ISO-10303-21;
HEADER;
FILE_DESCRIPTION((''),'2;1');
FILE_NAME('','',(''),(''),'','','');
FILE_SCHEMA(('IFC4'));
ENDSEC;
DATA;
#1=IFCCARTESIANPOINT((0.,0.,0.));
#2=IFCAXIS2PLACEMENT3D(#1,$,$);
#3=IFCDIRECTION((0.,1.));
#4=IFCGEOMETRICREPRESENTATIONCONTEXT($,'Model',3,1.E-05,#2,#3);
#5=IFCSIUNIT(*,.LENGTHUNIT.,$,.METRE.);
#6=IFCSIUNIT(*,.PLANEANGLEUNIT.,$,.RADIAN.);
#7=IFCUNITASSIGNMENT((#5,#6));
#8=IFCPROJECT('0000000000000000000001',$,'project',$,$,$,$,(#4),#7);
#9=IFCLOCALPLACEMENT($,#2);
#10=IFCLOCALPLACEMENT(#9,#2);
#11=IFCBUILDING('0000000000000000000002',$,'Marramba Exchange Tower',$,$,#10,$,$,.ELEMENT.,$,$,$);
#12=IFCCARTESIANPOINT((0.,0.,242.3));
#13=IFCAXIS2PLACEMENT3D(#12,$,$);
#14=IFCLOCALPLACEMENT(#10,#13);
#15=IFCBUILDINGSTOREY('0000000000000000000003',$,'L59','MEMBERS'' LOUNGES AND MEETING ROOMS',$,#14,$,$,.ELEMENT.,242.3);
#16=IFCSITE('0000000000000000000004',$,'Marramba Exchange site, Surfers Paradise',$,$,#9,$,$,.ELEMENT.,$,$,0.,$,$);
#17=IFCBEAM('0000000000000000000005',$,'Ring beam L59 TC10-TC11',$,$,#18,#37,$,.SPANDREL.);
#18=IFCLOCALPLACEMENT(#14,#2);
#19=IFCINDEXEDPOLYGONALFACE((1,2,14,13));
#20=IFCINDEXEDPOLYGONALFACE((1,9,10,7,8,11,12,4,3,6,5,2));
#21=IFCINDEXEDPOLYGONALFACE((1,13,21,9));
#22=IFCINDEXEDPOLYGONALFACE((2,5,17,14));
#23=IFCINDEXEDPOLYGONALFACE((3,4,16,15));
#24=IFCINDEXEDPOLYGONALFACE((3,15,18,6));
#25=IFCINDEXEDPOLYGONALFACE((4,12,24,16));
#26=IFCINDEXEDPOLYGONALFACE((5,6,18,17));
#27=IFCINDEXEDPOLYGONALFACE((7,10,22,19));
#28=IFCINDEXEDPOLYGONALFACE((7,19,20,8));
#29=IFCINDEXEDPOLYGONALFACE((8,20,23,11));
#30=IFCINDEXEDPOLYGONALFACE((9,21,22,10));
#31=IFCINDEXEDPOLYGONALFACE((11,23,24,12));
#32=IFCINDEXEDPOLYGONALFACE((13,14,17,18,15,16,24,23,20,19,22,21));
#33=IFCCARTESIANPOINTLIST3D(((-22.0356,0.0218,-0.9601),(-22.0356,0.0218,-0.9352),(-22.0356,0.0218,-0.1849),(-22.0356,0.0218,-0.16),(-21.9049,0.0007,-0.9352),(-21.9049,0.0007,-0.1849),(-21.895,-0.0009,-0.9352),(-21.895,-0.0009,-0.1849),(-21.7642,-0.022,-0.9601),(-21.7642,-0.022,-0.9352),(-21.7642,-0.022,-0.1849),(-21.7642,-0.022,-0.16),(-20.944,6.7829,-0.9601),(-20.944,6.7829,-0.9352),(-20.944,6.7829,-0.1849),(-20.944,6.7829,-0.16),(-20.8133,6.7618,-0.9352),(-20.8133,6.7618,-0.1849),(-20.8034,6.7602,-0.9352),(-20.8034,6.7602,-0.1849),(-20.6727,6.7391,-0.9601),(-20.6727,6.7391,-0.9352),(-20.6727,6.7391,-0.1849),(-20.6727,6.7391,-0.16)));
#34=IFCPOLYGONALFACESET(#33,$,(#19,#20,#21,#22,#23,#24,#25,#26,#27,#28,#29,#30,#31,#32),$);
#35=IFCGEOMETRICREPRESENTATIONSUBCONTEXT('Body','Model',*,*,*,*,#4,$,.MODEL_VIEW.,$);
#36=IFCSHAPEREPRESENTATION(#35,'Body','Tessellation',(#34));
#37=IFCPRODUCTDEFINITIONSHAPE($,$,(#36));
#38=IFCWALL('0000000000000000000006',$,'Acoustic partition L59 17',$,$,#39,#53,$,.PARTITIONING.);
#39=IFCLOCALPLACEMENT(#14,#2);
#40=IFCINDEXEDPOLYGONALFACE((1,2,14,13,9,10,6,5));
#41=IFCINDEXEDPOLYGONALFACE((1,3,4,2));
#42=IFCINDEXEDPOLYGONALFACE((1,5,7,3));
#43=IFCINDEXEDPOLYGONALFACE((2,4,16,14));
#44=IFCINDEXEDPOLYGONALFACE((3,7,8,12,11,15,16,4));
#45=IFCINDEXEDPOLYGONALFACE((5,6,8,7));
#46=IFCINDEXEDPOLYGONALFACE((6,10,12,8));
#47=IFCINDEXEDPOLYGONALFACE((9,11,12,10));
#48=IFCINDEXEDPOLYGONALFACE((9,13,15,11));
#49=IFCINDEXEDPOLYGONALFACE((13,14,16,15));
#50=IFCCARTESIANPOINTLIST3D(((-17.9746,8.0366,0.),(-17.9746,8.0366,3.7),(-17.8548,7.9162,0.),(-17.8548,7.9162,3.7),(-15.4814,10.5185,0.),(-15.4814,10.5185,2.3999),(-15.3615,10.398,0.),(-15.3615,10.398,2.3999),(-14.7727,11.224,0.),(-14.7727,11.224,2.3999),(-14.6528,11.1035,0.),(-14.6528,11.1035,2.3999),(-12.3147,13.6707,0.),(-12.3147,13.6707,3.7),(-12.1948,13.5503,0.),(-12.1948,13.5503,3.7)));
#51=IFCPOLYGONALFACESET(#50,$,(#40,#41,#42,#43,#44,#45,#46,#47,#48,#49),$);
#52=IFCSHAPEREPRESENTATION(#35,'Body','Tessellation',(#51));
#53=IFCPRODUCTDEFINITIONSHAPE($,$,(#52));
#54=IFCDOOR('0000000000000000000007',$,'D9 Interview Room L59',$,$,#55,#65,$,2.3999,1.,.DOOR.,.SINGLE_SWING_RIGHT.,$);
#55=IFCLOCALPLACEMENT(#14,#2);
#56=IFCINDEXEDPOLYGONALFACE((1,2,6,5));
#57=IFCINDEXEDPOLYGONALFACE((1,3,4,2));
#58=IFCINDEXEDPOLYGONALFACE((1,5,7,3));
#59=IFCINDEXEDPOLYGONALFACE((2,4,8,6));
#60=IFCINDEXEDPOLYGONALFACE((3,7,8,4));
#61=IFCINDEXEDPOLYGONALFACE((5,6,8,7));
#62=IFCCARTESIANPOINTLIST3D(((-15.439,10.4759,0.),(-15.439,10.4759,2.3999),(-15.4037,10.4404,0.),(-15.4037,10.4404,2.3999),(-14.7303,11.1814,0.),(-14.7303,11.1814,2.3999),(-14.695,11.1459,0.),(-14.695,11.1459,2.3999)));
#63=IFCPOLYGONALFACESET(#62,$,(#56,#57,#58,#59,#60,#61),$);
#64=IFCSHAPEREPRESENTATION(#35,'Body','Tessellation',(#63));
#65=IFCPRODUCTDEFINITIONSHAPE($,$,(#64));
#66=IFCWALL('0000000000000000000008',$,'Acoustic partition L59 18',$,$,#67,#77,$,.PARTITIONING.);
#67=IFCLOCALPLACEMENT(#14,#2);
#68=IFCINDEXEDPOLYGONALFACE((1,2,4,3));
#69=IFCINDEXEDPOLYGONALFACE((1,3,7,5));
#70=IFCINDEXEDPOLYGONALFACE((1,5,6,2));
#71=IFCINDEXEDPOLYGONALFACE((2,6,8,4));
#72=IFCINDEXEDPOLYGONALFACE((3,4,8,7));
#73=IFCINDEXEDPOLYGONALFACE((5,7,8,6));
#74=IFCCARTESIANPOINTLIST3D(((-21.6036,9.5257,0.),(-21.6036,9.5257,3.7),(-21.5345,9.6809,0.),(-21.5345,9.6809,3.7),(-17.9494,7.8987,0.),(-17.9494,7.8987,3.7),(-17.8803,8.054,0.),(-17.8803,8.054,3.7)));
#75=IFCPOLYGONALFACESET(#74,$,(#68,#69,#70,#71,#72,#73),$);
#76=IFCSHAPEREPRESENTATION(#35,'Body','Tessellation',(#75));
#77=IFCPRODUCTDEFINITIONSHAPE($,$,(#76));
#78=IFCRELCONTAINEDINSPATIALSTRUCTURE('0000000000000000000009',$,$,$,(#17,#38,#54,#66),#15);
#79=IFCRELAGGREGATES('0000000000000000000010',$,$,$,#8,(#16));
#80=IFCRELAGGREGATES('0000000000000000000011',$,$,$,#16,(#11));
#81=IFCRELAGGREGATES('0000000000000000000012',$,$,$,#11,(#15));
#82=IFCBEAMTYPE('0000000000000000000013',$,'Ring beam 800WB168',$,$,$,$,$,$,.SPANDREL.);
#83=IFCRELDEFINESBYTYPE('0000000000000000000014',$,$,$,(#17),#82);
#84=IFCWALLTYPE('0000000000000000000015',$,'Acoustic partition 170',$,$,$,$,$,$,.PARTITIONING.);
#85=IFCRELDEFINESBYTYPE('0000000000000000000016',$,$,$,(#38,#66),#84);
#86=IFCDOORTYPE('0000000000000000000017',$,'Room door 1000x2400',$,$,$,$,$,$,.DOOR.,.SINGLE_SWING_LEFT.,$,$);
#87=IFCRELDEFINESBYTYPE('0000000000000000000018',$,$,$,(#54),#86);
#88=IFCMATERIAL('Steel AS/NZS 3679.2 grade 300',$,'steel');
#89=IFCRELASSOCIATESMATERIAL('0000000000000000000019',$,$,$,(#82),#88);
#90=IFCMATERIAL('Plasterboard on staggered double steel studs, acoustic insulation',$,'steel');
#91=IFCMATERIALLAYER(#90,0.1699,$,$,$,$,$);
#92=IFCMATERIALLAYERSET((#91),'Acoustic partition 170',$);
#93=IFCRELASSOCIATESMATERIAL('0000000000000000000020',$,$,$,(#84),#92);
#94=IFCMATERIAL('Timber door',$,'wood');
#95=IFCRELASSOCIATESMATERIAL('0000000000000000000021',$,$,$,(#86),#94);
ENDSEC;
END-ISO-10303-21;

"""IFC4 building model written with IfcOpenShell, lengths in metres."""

from ifc_helpers import new_model, si_unit, direction, frame, frame_2d, origin, origin_2d, place, context, subcontext, project, spatial, rectangle, i_section, extrude, material, layer, layer_set, material_profile, profile_set, type_object, element, fill, save


model = new_model("IFC4")

# Units and contexts
model_context = context("Model", 3, precision=1e-05, world=origin(), true_north=direction((0.0, 1.0)))
body_context = subcontext(model_context, "Body", "Model", "MODEL_VIEW")
ifc_project = project(units=[si_unit("LENGTHUNIT", "METRE"), si_unit("PLANEANGLEUNIT", "RADIAN")], contexts=[model_context])

# Site, building, storey
site_placement = place(None, origin())
site = spatial("IfcSite", under=ifc_project, at=site_placement, Name="Marramba Exchange site, Surfers Paradise", CompositionType="ELEMENT", RefElevation=0.0)
building_placement = place(site_placement, origin())
building = spatial("IfcBuilding", under=site, at=building_placement, Name="Marramba Exchange Tower", CompositionType="ELEMENT")
storey_placement = place(building_placement, frame((0.0, 0.0, 242.3)))
storey = spatial("IfcBuildingStorey", under=building, at=storey_placement, Name="L59", Description="MEMBERS' LOUNGES AND MEETING ROOMS", CompositionType="ELEMENT", Elevation=242.3)

# Beam
ifc_material_1 = material(Name="Steel AS/NZS 3679.2 grade 300", Category="steel")
ifc_material_profile_1 = material_profile(ifc_material_1, i_section(OverallWidth=0.2749, OverallDepth=0.8, WebThickness=0.01, FlangeThickness=0.0249, at=origin_2d()), Name="800WB168")
ifc_profile_set_1 = profile_set([ifc_material_profile_1], Name="Steel AS/NZS 3679.2 grade 300")
beam_type_1 = type_object("IfcBeamType", Name="Ring beam 800WB168", PredefinedType="SPANDREL", material=ifc_profile_set_1)
beam_1_placement = place(storey_placement, frame((-20.8083, 6.761, -0.5601), z_axis=(-0.159385, -0.987217, 0.0), x_axis=(0.987217, -0.159385, 0.0)))
element("IfcBeam", 1, at=beam_1_placement, inside=storey, type_object=beam_type_1, Name="Ring beam L59 TC10-TC11", PredefinedType="SPANDREL", context=body_context, shape_type="SweptSolid", body=[
    extrude(i_section(OverallWidth=0.2749, OverallDepth=0.8, WebThickness=0.01, FlangeThickness=0.0249, at=origin_2d()), origin(), (0.0, 0.0, 1.0), 6.8486),
])

# Wall, opening, door
ifc_material_2 = material(Name="Plasterboard on staggered double steel studs, acoustic insulation", Category="steel")
ifc_layer_1 = layer(ifc_material_2, 0.1699)
ifc_layer_set_1 = layer_set([ifc_layer_1], Name="Acoustic partition 170")
wall_type_1 = type_object("IfcWallType", Name="Acoustic partition 170", PredefinedType="PARTITIONING", material=ifc_layer_set_1)
wall_1_placement = place(storey_placement, frame((-17.9148, 7.9763, 0.0), z_axis=(0.0, 0.0, 1.0), x_axis=(0.708725, 0.705485, 0.0)))
wall_1 = element("IfcWall", 2, at=wall_1_placement, inside=storey, type_object=wall_type_1, Name="Acoustic partition L59 17", PredefinedType="PARTITIONING", context=body_context, shape_type="SweptSolid", body=[
    extrude(rectangle(XDim=7.9861, YDim=0.1699, at=frame_2d((3.9932, 0.0))), origin(), (0.0, 0.0, 1.0), 3.7),
])
opening_1_placement = place(wall_1_placement, frame((3.5181, 0.0, 0.0)))
opening_1 = element("IfcOpeningElement", 3, at=opening_1_placement, cuts=wall_1, PredefinedType="OPENING", context=body_context, shape_type="SweptSolid", body=[
    extrude(rectangle(XDim=1.0, YDim=2.3999, at=frame_2d((0.5, 1.2))), frame((0.0, 0.095, 0.0), z_axis=(0.0, -1.0, 0.0), x_axis=(1.0, 0.0, 0.0)), (0.0, 0.0, 1.0), 0.1899),
])
ifc_material_3 = material(Name="Timber door", Category="wood")
door_type_1 = type_object("IfcDoorType", Name="Room door 1000x2400", OperationType="SINGLE_SWING_LEFT", PredefinedType="DOOR", material=ifc_material_3)
door_1_placement = place(opening_1_placement, origin())
door_1 = element("IfcDoor", 4, at=door_1_placement, inside=storey, type_object=door_type_1, Name="D9 Interview Room L59", OperationType="SINGLE_SWING_RIGHT", OverallHeight=2.3999, OverallWidth=1.0, PredefinedType="DOOR", context=body_context, shape_type="SweptSolid", body=[
    extrude(rectangle(XDim=1.0, YDim=2.3999, at=frame_2d((0.5, 1.2))), frame((0.0, 0.0249, 0.0), z_axis=(0.0, -1.0, 0.0), x_axis=(1.0, 0.0, 0.0)), (0.0, 0.0, 1.0), 0.05),
])
fill(opening_1, door_1)

# Wall
wall_2_placement = place(storey_placement, frame((-21.5691, 9.6033, 0.0), z_axis=(0.0, 0.0, 1.0), x_axis=(0.91355, -0.406727, 0.0)))
element("IfcWall", 5, at=wall_2_placement, inside=storey, type_object=wall_type_1, Name="Acoustic partition L59 18", PredefinedType="PARTITIONING", context=body_context, shape_type="SweptSolid", body=[
    extrude(rectangle(XDim=4.0, YDim=0.1699, at=frame_2d((2.0, 0.0))), origin(), (0.0, 0.0, 1.0), 3.7),
])

save(model, "model.ifc")
